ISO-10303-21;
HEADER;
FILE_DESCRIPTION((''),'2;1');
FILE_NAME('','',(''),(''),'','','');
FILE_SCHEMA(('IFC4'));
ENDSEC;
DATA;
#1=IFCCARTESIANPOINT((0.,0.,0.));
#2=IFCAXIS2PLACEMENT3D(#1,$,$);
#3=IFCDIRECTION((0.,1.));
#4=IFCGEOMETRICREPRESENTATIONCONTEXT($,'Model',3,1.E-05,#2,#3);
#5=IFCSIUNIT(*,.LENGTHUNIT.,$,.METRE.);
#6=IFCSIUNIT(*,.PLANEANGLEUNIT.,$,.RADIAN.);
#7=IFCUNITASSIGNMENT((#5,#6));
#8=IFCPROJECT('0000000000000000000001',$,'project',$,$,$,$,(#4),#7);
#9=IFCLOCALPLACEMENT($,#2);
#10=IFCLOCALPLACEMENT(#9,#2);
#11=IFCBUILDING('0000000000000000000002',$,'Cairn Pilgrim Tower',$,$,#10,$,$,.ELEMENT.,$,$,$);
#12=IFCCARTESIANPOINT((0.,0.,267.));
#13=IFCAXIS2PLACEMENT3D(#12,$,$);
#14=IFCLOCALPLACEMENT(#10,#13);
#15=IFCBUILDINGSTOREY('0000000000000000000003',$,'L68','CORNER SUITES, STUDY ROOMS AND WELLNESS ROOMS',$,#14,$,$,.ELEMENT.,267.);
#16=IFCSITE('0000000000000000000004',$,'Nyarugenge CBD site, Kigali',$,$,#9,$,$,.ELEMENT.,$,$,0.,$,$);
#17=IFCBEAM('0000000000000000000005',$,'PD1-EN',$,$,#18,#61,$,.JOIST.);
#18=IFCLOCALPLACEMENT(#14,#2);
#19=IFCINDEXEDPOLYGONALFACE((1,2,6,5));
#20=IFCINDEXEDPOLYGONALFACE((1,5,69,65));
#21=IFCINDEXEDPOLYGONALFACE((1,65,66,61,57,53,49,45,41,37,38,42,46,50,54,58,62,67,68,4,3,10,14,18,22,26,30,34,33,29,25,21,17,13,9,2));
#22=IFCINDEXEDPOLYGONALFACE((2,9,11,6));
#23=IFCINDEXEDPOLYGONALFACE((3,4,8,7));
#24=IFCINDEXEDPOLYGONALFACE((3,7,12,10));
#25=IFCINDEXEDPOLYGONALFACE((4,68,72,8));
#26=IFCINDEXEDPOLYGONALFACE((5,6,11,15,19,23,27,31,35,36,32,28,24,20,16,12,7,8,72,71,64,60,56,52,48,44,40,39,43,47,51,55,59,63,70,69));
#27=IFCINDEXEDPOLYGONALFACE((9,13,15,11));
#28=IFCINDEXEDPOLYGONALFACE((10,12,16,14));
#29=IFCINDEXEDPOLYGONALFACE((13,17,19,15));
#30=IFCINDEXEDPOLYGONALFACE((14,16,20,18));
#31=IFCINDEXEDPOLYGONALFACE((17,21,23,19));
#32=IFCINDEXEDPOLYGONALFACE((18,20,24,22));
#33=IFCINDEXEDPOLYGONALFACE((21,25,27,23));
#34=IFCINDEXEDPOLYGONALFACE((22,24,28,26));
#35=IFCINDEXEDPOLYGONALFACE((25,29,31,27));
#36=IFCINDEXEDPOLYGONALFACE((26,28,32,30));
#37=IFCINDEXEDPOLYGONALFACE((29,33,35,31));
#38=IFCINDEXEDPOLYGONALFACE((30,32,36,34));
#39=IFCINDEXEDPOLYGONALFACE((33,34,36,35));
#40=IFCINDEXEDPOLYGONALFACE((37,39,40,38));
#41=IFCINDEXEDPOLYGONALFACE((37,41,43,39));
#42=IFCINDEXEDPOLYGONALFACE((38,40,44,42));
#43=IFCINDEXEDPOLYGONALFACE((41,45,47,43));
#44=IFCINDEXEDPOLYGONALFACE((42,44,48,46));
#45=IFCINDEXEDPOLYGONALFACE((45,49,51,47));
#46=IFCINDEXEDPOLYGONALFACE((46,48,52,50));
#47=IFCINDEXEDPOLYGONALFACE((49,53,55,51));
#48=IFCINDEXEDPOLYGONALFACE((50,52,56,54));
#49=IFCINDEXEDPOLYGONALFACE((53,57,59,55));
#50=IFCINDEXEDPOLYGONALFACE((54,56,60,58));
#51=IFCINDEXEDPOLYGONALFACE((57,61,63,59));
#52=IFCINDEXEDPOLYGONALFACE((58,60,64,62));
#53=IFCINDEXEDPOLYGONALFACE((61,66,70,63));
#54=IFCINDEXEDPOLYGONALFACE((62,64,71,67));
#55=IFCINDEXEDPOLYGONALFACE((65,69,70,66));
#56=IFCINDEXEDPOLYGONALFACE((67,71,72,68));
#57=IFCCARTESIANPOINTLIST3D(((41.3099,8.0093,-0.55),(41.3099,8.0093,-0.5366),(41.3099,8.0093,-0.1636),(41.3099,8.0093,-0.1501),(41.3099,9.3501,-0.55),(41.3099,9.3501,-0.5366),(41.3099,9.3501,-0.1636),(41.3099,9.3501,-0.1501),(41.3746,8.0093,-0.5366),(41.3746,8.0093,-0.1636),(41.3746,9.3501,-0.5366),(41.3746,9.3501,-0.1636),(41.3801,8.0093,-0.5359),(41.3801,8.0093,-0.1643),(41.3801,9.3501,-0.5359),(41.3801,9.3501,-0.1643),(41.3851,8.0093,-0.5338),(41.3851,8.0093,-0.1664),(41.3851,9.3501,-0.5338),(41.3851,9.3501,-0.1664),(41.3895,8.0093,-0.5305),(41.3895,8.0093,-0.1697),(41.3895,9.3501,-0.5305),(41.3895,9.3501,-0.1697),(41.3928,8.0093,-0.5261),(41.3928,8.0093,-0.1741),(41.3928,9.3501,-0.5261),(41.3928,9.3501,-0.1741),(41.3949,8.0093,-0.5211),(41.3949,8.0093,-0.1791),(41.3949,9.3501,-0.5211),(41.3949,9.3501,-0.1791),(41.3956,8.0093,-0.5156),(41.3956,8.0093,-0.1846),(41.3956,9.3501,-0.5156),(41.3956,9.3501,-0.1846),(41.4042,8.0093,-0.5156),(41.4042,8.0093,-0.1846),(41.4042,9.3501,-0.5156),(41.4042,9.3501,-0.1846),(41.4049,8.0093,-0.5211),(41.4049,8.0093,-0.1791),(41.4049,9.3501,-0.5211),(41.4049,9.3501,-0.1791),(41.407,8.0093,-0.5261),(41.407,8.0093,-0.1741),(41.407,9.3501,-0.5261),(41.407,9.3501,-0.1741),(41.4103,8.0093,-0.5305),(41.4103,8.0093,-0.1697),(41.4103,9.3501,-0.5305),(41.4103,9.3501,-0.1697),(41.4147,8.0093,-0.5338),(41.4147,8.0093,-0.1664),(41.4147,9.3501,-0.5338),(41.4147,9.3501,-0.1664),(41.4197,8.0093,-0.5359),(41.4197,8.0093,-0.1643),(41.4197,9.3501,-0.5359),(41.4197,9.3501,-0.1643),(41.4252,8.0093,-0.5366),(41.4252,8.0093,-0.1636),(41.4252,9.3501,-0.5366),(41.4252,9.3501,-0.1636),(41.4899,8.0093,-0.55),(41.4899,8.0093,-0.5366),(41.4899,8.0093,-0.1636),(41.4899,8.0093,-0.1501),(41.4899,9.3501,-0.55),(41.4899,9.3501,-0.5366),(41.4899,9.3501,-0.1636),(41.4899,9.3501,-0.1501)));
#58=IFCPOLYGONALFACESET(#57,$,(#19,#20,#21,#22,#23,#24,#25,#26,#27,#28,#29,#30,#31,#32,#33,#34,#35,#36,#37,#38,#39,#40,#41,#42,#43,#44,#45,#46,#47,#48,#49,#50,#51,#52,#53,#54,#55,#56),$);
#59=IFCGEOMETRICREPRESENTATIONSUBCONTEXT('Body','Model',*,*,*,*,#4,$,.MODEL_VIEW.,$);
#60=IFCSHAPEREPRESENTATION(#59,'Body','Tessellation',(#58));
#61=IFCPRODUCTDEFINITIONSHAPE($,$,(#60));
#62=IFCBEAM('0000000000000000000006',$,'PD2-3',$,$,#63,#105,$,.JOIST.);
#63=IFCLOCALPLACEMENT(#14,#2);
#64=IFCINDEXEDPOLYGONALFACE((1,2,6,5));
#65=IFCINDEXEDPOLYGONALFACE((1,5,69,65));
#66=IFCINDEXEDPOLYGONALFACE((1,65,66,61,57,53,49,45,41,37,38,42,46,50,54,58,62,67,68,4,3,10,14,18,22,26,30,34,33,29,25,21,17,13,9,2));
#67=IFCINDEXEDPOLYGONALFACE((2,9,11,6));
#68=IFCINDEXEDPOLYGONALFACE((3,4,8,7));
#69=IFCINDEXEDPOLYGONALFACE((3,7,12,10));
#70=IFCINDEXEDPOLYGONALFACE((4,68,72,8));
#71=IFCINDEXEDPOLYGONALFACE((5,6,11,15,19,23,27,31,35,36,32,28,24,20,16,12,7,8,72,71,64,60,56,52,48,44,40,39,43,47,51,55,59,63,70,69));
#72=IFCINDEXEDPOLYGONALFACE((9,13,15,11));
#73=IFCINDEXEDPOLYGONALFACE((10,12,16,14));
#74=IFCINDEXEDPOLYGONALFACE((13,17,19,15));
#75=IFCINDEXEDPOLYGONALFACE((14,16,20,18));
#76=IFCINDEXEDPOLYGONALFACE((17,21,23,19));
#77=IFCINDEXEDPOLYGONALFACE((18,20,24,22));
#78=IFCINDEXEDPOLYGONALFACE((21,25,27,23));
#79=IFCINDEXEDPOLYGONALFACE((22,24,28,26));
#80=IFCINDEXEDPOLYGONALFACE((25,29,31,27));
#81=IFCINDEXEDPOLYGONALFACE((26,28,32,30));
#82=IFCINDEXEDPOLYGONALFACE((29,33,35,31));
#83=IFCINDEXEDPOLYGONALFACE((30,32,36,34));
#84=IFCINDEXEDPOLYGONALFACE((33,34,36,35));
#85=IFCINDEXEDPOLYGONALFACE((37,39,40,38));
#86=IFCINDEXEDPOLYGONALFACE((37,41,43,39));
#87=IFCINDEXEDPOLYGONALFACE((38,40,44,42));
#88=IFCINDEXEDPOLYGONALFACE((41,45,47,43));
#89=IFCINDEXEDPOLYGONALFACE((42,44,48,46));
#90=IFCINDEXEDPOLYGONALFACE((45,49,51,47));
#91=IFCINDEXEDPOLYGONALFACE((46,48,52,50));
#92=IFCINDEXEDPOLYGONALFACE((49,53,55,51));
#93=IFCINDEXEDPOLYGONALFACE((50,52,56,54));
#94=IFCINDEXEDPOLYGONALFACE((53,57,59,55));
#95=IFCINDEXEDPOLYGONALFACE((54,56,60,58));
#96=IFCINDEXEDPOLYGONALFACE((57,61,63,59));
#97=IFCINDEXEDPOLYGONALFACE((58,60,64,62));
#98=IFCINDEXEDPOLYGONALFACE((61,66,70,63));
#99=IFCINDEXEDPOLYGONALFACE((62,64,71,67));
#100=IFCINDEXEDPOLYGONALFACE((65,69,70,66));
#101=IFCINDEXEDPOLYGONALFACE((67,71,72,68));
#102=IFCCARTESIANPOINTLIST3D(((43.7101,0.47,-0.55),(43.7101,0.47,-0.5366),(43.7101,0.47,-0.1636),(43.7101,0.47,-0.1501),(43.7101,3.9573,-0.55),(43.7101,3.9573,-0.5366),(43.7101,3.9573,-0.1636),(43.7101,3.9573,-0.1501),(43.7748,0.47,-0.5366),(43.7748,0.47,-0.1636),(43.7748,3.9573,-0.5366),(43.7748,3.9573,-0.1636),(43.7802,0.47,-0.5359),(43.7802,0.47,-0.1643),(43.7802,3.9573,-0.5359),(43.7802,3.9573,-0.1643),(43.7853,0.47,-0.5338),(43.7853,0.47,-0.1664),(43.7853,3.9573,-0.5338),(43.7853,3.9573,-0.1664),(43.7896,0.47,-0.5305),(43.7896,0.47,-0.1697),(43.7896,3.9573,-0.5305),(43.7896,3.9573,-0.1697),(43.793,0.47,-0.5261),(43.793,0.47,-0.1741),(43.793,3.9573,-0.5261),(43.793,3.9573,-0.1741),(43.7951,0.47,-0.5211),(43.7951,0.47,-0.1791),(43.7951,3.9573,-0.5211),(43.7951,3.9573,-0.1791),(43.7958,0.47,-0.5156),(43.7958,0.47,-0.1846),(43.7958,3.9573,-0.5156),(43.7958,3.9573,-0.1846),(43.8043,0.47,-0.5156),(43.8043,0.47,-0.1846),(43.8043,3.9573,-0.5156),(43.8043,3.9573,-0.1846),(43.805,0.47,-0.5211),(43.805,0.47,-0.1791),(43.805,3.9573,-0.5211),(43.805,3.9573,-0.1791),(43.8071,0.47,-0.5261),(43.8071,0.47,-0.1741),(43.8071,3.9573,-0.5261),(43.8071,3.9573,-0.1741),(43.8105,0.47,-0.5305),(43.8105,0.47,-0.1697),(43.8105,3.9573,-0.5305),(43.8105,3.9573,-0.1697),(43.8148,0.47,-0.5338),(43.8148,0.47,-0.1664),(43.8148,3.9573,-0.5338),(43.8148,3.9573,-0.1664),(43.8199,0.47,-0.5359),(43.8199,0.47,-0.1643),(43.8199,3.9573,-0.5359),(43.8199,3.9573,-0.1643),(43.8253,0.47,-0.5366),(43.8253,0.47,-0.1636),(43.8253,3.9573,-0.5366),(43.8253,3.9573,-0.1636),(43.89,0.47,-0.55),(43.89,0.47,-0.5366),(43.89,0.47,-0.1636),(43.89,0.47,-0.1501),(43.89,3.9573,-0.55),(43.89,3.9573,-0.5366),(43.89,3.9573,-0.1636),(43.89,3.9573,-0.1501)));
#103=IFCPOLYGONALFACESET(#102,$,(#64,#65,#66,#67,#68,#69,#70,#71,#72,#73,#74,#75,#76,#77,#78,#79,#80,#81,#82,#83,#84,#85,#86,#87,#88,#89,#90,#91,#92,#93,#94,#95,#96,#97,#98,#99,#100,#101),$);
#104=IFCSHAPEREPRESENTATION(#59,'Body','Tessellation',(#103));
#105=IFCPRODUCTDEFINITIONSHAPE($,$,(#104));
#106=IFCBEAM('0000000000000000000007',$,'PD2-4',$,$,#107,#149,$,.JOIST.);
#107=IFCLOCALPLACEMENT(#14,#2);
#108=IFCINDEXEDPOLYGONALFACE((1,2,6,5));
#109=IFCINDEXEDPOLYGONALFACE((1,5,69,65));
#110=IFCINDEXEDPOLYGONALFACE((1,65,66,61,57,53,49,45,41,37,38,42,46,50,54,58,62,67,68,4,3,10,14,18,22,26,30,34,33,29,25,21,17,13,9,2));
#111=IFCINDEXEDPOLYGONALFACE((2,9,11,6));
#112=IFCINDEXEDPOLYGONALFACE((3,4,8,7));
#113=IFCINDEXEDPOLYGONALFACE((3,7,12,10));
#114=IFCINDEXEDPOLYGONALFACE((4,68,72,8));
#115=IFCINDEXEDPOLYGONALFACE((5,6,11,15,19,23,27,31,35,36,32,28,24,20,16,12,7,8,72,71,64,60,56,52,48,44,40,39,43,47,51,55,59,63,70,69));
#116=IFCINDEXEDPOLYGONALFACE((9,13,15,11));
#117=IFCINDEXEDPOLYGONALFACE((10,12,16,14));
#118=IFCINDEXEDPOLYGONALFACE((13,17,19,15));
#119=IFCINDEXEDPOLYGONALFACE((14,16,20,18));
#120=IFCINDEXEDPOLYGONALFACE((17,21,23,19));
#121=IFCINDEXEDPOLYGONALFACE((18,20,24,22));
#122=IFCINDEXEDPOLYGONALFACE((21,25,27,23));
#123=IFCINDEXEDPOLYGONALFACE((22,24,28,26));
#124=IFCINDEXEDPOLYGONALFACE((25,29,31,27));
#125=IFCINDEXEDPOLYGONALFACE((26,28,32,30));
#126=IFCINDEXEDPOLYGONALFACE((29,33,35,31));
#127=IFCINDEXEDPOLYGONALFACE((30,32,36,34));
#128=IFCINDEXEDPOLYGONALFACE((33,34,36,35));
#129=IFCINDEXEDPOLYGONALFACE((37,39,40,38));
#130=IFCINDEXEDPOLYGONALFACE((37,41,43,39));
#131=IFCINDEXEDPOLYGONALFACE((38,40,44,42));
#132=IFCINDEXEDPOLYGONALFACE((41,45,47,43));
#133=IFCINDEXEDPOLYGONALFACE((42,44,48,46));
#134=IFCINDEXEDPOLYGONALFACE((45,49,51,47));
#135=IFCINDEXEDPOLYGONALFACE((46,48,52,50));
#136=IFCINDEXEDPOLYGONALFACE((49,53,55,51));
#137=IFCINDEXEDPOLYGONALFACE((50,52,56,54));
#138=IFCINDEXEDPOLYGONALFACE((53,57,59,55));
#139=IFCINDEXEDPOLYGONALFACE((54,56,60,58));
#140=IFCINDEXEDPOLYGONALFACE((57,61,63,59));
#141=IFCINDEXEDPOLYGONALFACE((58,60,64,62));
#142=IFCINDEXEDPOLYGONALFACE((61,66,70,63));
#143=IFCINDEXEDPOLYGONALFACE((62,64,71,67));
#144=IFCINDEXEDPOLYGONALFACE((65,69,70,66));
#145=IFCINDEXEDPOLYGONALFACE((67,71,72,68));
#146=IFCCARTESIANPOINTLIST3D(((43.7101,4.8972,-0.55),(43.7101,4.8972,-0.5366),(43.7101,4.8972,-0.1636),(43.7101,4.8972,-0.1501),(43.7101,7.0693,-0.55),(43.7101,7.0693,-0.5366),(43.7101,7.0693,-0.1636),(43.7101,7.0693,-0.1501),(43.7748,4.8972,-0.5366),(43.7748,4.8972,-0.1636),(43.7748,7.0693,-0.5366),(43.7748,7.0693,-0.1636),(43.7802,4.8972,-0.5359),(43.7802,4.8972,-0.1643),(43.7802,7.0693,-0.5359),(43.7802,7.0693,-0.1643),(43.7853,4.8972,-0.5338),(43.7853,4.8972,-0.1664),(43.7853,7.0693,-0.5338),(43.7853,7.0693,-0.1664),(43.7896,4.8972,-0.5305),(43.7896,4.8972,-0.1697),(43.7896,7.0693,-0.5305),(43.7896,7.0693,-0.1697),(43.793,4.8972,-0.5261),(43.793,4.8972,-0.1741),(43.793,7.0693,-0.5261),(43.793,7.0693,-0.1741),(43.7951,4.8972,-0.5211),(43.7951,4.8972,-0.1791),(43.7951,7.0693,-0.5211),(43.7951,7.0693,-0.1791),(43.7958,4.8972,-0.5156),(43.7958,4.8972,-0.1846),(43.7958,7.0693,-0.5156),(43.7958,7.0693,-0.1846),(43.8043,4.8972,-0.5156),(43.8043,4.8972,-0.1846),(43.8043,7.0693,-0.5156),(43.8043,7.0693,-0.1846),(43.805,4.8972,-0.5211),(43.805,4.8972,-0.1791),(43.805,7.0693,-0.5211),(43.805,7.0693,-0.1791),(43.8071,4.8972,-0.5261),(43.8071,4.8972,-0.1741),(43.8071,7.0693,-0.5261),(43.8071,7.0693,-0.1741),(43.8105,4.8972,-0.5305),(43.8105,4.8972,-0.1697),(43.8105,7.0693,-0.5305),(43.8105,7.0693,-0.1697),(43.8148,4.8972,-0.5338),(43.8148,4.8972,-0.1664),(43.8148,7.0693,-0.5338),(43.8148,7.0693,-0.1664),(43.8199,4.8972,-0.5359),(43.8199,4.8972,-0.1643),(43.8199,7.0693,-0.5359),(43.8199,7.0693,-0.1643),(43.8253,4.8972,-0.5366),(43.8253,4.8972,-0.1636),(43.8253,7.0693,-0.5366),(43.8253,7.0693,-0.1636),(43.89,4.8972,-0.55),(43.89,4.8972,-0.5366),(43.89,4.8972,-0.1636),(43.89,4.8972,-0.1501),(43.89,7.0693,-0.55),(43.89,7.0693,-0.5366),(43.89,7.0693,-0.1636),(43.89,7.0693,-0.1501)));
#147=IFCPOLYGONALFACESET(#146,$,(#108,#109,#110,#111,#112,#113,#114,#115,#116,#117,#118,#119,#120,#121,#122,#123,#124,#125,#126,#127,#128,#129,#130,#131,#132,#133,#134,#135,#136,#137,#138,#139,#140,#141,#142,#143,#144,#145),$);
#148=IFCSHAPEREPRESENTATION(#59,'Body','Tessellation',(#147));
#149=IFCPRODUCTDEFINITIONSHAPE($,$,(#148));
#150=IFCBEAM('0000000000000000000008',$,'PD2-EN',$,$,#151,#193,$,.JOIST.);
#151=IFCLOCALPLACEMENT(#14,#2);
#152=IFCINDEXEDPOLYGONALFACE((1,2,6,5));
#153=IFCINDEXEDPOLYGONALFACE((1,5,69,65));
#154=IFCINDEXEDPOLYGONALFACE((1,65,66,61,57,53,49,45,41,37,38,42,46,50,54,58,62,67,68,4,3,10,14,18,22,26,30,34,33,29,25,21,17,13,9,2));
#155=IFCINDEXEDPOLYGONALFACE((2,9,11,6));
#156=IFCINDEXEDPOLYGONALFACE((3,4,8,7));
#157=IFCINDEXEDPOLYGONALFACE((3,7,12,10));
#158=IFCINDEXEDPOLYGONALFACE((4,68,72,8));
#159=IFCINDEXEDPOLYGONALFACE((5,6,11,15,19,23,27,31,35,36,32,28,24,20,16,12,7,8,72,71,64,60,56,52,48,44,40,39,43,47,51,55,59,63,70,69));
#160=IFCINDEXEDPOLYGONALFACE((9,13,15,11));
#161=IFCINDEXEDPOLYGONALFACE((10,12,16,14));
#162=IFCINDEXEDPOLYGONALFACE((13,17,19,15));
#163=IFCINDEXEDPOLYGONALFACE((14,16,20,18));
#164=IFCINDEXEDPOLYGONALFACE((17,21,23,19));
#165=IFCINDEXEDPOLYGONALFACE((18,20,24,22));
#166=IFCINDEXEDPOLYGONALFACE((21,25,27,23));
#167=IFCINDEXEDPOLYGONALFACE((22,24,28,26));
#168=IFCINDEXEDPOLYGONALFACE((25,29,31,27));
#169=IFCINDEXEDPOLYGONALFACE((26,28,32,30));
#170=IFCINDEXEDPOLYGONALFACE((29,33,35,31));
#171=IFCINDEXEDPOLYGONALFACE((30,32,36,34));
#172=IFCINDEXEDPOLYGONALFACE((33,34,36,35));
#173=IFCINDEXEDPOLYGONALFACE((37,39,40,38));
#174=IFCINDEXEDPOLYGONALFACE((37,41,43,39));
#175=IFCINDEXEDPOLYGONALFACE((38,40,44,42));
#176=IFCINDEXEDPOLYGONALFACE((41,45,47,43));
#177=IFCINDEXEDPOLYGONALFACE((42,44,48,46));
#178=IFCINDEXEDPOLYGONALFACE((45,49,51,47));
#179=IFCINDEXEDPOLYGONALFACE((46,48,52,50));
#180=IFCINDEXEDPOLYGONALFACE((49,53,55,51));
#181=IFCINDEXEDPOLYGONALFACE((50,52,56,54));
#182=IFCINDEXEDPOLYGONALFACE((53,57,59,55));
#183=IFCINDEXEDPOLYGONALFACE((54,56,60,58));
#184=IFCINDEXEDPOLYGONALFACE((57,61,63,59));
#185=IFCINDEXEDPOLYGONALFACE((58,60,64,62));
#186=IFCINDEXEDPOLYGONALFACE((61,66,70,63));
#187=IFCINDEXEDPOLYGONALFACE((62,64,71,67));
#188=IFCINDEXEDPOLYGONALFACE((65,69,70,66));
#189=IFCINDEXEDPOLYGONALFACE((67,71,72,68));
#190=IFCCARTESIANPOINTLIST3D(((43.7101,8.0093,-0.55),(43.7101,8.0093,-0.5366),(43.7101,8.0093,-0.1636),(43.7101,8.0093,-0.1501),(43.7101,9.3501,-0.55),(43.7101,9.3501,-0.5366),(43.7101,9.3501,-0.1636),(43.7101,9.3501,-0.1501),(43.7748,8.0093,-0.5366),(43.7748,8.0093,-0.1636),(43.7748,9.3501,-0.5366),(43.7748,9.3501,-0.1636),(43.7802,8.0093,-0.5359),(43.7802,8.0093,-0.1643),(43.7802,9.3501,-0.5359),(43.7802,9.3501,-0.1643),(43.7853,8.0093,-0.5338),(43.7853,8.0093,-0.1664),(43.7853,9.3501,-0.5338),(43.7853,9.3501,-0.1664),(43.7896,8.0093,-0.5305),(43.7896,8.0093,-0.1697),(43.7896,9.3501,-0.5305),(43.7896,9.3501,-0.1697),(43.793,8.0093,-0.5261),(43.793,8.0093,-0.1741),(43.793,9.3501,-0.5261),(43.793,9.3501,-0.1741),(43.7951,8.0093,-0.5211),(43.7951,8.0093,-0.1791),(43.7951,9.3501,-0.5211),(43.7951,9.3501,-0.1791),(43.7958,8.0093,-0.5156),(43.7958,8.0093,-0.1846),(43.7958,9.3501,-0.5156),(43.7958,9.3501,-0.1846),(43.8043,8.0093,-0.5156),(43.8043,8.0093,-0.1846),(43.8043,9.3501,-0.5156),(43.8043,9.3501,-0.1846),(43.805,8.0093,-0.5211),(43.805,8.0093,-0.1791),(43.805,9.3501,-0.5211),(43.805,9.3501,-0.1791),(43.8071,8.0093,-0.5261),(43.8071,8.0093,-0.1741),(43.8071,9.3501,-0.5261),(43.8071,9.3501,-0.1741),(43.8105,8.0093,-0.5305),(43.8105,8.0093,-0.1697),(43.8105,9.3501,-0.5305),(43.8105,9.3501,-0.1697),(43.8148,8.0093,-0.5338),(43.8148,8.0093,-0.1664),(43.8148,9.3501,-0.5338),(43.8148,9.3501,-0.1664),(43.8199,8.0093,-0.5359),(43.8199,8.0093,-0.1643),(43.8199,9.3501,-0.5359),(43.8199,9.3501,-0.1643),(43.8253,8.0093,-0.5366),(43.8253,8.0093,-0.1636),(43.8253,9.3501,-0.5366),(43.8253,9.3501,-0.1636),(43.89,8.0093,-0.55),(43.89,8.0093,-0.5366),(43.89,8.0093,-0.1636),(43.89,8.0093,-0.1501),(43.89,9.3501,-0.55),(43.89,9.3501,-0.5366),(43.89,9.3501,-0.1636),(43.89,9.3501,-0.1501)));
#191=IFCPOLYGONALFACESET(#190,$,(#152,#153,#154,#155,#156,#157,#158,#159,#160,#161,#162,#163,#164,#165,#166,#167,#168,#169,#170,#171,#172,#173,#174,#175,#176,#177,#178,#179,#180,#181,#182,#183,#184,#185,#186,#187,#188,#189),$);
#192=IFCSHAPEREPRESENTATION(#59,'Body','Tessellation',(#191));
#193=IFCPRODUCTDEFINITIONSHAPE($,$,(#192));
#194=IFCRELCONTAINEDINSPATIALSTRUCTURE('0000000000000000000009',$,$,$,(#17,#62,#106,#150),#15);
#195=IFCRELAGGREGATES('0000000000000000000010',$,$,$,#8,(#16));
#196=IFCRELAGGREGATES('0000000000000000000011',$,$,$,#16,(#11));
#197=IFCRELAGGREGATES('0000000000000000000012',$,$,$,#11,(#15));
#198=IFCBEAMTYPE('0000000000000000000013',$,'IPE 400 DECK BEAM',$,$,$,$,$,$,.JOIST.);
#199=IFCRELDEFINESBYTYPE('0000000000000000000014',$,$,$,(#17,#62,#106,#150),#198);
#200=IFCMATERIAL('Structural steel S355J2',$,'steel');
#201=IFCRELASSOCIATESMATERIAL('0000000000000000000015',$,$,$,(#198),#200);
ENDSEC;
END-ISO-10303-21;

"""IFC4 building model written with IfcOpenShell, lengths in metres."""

from ifc_helpers import new_model, si_unit, direction, frame, origin, origin_2d, place, context, subcontext, project, spatial, i_section, extrude, material, material_profile, profile_set, type_object, element, save


model = new_model("IFC4")

# Units and contexts
model_context = context("Model", 3, precision=1e-05, world=origin(), true_north=direction((0.0, 1.0)))
body_context = subcontext(model_context, "Body", "Model", "MODEL_VIEW")
ifc_project = project(units=[si_unit("LENGTHUNIT", "METRE"), si_unit("PLANEANGLEUNIT", "RADIAN")], contexts=[model_context])

# Site, building, storey
site_placement = place(None, origin())
site = spatial("IfcSite", under=ifc_project, at=site_placement, Name="Nyarugenge CBD site, Kigali", CompositionType="ELEMENT", RefElevation=0.0)
building_placement = place(site_placement, origin())
building = spatial("IfcBuilding", under=site, at=building_placement, Name="Cairn Pilgrim Tower", CompositionType="ELEMENT")
storey_placement = place(building_placement, frame((0.0, 0.0, 267.0)))
storey = spatial("IfcBuildingStorey", under=building, at=storey_placement, Name="L68", Description="CORNER SUITES, STUDY ROOMS AND WELLNESS ROOMS", CompositionType="ELEMENT", Elevation=267.0)

# Shared definitions
ifc_material_1 = material(Name="Structural steel S355J2", Category="steel")

# Beams
ifc_material_profile_1 = material_profile(ifc_material_1, i_section(OverallWidth=0.1799, OverallDepth=0.3999, WebThickness=0.0085, FlangeThickness=0.0134, FilletRadius=0.021, at=origin_2d()), Name="IPE 400")
ifc_profile_set_1 = profile_set([ifc_material_profile_1], Name="Structural steel S355J2")
beam_type = type_object("IfcBeamType", Name="IPE 400 DECK BEAM", PredefinedType="JOIST", material=ifc_profile_set_1)
beam_1_placement = place(storey_placement, frame((41.3999, 8.0093, -0.3501), z_axis=(0.0, 1.0, 0.0), x_axis=(-1.0, 0.0, 0.0)))
element("IfcBeam", 1, at=beam_1_placement, inside=storey, type_object=beam_type, Name="PD1-EN", PredefinedType="JOIST", context=body_context, shape_type="SweptSolid", body=[
    extrude(i_section(OverallWidth=0.1799, OverallDepth=0.3999, WebThickness=0.0085, FlangeThickness=0.0134, FilletRadius=0.021, at=origin_2d()), origin(), (0.0, 0.0, 1.0), 1.3408),
])
beam_2_placement = place(storey_placement, frame((43.8, 0.47, -0.3501), z_axis=(0.0, 1.0, 0.0), x_axis=(-1.0, 0.0, 0.0)))
element("IfcBeam", 2, at=beam_2_placement, inside=storey, type_object=beam_type, Name="PD2-3", PredefinedType="JOIST", context=body_context, shape_type="SweptSolid", body=[
    extrude(i_section(OverallWidth=0.1799, OverallDepth=0.3999, WebThickness=0.0085, FlangeThickness=0.0134, FilletRadius=0.021, at=origin_2d()), origin(), (0.0, 0.0, 1.0), 3.4873),
])
beam_3_placement = place(storey_placement, frame((43.8, 4.8972, -0.3501), z_axis=(0.0, 1.0, 0.0), x_axis=(-1.0, 0.0, 0.0)))
element("IfcBeam", 3, at=beam_3_placement, inside=storey, type_object=beam_type, Name="PD2-4", PredefinedType="JOIST", context=body_context, shape_type="SweptSolid", body=[
    extrude(i_section(OverallWidth=0.1799, OverallDepth=0.3999, WebThickness=0.0085, FlangeThickness=0.0134, FilletRadius=0.021, at=origin_2d()), origin(), (0.0, 0.0, 1.0), 2.1721),
])
beam_4_placement = place(storey_placement, frame((43.8, 8.0093, -0.3501), z_axis=(0.0, 1.0, 0.0), x_axis=(-1.0, 0.0, 0.0)))
element("IfcBeam", 4, at=beam_4_placement, inside=storey, type_object=beam_type, Name="PD2-EN", PredefinedType="JOIST", context=body_context, shape_type="SweptSolid", body=[
    extrude(i_section(OverallWidth=0.1799, OverallDepth=0.3999, WebThickness=0.0085, FlangeThickness=0.0134, FilletRadius=0.021, at=origin_2d()), origin(), (0.0, 0.0, 1.0), 1.3408),
])

save(model, "model.ifc")
